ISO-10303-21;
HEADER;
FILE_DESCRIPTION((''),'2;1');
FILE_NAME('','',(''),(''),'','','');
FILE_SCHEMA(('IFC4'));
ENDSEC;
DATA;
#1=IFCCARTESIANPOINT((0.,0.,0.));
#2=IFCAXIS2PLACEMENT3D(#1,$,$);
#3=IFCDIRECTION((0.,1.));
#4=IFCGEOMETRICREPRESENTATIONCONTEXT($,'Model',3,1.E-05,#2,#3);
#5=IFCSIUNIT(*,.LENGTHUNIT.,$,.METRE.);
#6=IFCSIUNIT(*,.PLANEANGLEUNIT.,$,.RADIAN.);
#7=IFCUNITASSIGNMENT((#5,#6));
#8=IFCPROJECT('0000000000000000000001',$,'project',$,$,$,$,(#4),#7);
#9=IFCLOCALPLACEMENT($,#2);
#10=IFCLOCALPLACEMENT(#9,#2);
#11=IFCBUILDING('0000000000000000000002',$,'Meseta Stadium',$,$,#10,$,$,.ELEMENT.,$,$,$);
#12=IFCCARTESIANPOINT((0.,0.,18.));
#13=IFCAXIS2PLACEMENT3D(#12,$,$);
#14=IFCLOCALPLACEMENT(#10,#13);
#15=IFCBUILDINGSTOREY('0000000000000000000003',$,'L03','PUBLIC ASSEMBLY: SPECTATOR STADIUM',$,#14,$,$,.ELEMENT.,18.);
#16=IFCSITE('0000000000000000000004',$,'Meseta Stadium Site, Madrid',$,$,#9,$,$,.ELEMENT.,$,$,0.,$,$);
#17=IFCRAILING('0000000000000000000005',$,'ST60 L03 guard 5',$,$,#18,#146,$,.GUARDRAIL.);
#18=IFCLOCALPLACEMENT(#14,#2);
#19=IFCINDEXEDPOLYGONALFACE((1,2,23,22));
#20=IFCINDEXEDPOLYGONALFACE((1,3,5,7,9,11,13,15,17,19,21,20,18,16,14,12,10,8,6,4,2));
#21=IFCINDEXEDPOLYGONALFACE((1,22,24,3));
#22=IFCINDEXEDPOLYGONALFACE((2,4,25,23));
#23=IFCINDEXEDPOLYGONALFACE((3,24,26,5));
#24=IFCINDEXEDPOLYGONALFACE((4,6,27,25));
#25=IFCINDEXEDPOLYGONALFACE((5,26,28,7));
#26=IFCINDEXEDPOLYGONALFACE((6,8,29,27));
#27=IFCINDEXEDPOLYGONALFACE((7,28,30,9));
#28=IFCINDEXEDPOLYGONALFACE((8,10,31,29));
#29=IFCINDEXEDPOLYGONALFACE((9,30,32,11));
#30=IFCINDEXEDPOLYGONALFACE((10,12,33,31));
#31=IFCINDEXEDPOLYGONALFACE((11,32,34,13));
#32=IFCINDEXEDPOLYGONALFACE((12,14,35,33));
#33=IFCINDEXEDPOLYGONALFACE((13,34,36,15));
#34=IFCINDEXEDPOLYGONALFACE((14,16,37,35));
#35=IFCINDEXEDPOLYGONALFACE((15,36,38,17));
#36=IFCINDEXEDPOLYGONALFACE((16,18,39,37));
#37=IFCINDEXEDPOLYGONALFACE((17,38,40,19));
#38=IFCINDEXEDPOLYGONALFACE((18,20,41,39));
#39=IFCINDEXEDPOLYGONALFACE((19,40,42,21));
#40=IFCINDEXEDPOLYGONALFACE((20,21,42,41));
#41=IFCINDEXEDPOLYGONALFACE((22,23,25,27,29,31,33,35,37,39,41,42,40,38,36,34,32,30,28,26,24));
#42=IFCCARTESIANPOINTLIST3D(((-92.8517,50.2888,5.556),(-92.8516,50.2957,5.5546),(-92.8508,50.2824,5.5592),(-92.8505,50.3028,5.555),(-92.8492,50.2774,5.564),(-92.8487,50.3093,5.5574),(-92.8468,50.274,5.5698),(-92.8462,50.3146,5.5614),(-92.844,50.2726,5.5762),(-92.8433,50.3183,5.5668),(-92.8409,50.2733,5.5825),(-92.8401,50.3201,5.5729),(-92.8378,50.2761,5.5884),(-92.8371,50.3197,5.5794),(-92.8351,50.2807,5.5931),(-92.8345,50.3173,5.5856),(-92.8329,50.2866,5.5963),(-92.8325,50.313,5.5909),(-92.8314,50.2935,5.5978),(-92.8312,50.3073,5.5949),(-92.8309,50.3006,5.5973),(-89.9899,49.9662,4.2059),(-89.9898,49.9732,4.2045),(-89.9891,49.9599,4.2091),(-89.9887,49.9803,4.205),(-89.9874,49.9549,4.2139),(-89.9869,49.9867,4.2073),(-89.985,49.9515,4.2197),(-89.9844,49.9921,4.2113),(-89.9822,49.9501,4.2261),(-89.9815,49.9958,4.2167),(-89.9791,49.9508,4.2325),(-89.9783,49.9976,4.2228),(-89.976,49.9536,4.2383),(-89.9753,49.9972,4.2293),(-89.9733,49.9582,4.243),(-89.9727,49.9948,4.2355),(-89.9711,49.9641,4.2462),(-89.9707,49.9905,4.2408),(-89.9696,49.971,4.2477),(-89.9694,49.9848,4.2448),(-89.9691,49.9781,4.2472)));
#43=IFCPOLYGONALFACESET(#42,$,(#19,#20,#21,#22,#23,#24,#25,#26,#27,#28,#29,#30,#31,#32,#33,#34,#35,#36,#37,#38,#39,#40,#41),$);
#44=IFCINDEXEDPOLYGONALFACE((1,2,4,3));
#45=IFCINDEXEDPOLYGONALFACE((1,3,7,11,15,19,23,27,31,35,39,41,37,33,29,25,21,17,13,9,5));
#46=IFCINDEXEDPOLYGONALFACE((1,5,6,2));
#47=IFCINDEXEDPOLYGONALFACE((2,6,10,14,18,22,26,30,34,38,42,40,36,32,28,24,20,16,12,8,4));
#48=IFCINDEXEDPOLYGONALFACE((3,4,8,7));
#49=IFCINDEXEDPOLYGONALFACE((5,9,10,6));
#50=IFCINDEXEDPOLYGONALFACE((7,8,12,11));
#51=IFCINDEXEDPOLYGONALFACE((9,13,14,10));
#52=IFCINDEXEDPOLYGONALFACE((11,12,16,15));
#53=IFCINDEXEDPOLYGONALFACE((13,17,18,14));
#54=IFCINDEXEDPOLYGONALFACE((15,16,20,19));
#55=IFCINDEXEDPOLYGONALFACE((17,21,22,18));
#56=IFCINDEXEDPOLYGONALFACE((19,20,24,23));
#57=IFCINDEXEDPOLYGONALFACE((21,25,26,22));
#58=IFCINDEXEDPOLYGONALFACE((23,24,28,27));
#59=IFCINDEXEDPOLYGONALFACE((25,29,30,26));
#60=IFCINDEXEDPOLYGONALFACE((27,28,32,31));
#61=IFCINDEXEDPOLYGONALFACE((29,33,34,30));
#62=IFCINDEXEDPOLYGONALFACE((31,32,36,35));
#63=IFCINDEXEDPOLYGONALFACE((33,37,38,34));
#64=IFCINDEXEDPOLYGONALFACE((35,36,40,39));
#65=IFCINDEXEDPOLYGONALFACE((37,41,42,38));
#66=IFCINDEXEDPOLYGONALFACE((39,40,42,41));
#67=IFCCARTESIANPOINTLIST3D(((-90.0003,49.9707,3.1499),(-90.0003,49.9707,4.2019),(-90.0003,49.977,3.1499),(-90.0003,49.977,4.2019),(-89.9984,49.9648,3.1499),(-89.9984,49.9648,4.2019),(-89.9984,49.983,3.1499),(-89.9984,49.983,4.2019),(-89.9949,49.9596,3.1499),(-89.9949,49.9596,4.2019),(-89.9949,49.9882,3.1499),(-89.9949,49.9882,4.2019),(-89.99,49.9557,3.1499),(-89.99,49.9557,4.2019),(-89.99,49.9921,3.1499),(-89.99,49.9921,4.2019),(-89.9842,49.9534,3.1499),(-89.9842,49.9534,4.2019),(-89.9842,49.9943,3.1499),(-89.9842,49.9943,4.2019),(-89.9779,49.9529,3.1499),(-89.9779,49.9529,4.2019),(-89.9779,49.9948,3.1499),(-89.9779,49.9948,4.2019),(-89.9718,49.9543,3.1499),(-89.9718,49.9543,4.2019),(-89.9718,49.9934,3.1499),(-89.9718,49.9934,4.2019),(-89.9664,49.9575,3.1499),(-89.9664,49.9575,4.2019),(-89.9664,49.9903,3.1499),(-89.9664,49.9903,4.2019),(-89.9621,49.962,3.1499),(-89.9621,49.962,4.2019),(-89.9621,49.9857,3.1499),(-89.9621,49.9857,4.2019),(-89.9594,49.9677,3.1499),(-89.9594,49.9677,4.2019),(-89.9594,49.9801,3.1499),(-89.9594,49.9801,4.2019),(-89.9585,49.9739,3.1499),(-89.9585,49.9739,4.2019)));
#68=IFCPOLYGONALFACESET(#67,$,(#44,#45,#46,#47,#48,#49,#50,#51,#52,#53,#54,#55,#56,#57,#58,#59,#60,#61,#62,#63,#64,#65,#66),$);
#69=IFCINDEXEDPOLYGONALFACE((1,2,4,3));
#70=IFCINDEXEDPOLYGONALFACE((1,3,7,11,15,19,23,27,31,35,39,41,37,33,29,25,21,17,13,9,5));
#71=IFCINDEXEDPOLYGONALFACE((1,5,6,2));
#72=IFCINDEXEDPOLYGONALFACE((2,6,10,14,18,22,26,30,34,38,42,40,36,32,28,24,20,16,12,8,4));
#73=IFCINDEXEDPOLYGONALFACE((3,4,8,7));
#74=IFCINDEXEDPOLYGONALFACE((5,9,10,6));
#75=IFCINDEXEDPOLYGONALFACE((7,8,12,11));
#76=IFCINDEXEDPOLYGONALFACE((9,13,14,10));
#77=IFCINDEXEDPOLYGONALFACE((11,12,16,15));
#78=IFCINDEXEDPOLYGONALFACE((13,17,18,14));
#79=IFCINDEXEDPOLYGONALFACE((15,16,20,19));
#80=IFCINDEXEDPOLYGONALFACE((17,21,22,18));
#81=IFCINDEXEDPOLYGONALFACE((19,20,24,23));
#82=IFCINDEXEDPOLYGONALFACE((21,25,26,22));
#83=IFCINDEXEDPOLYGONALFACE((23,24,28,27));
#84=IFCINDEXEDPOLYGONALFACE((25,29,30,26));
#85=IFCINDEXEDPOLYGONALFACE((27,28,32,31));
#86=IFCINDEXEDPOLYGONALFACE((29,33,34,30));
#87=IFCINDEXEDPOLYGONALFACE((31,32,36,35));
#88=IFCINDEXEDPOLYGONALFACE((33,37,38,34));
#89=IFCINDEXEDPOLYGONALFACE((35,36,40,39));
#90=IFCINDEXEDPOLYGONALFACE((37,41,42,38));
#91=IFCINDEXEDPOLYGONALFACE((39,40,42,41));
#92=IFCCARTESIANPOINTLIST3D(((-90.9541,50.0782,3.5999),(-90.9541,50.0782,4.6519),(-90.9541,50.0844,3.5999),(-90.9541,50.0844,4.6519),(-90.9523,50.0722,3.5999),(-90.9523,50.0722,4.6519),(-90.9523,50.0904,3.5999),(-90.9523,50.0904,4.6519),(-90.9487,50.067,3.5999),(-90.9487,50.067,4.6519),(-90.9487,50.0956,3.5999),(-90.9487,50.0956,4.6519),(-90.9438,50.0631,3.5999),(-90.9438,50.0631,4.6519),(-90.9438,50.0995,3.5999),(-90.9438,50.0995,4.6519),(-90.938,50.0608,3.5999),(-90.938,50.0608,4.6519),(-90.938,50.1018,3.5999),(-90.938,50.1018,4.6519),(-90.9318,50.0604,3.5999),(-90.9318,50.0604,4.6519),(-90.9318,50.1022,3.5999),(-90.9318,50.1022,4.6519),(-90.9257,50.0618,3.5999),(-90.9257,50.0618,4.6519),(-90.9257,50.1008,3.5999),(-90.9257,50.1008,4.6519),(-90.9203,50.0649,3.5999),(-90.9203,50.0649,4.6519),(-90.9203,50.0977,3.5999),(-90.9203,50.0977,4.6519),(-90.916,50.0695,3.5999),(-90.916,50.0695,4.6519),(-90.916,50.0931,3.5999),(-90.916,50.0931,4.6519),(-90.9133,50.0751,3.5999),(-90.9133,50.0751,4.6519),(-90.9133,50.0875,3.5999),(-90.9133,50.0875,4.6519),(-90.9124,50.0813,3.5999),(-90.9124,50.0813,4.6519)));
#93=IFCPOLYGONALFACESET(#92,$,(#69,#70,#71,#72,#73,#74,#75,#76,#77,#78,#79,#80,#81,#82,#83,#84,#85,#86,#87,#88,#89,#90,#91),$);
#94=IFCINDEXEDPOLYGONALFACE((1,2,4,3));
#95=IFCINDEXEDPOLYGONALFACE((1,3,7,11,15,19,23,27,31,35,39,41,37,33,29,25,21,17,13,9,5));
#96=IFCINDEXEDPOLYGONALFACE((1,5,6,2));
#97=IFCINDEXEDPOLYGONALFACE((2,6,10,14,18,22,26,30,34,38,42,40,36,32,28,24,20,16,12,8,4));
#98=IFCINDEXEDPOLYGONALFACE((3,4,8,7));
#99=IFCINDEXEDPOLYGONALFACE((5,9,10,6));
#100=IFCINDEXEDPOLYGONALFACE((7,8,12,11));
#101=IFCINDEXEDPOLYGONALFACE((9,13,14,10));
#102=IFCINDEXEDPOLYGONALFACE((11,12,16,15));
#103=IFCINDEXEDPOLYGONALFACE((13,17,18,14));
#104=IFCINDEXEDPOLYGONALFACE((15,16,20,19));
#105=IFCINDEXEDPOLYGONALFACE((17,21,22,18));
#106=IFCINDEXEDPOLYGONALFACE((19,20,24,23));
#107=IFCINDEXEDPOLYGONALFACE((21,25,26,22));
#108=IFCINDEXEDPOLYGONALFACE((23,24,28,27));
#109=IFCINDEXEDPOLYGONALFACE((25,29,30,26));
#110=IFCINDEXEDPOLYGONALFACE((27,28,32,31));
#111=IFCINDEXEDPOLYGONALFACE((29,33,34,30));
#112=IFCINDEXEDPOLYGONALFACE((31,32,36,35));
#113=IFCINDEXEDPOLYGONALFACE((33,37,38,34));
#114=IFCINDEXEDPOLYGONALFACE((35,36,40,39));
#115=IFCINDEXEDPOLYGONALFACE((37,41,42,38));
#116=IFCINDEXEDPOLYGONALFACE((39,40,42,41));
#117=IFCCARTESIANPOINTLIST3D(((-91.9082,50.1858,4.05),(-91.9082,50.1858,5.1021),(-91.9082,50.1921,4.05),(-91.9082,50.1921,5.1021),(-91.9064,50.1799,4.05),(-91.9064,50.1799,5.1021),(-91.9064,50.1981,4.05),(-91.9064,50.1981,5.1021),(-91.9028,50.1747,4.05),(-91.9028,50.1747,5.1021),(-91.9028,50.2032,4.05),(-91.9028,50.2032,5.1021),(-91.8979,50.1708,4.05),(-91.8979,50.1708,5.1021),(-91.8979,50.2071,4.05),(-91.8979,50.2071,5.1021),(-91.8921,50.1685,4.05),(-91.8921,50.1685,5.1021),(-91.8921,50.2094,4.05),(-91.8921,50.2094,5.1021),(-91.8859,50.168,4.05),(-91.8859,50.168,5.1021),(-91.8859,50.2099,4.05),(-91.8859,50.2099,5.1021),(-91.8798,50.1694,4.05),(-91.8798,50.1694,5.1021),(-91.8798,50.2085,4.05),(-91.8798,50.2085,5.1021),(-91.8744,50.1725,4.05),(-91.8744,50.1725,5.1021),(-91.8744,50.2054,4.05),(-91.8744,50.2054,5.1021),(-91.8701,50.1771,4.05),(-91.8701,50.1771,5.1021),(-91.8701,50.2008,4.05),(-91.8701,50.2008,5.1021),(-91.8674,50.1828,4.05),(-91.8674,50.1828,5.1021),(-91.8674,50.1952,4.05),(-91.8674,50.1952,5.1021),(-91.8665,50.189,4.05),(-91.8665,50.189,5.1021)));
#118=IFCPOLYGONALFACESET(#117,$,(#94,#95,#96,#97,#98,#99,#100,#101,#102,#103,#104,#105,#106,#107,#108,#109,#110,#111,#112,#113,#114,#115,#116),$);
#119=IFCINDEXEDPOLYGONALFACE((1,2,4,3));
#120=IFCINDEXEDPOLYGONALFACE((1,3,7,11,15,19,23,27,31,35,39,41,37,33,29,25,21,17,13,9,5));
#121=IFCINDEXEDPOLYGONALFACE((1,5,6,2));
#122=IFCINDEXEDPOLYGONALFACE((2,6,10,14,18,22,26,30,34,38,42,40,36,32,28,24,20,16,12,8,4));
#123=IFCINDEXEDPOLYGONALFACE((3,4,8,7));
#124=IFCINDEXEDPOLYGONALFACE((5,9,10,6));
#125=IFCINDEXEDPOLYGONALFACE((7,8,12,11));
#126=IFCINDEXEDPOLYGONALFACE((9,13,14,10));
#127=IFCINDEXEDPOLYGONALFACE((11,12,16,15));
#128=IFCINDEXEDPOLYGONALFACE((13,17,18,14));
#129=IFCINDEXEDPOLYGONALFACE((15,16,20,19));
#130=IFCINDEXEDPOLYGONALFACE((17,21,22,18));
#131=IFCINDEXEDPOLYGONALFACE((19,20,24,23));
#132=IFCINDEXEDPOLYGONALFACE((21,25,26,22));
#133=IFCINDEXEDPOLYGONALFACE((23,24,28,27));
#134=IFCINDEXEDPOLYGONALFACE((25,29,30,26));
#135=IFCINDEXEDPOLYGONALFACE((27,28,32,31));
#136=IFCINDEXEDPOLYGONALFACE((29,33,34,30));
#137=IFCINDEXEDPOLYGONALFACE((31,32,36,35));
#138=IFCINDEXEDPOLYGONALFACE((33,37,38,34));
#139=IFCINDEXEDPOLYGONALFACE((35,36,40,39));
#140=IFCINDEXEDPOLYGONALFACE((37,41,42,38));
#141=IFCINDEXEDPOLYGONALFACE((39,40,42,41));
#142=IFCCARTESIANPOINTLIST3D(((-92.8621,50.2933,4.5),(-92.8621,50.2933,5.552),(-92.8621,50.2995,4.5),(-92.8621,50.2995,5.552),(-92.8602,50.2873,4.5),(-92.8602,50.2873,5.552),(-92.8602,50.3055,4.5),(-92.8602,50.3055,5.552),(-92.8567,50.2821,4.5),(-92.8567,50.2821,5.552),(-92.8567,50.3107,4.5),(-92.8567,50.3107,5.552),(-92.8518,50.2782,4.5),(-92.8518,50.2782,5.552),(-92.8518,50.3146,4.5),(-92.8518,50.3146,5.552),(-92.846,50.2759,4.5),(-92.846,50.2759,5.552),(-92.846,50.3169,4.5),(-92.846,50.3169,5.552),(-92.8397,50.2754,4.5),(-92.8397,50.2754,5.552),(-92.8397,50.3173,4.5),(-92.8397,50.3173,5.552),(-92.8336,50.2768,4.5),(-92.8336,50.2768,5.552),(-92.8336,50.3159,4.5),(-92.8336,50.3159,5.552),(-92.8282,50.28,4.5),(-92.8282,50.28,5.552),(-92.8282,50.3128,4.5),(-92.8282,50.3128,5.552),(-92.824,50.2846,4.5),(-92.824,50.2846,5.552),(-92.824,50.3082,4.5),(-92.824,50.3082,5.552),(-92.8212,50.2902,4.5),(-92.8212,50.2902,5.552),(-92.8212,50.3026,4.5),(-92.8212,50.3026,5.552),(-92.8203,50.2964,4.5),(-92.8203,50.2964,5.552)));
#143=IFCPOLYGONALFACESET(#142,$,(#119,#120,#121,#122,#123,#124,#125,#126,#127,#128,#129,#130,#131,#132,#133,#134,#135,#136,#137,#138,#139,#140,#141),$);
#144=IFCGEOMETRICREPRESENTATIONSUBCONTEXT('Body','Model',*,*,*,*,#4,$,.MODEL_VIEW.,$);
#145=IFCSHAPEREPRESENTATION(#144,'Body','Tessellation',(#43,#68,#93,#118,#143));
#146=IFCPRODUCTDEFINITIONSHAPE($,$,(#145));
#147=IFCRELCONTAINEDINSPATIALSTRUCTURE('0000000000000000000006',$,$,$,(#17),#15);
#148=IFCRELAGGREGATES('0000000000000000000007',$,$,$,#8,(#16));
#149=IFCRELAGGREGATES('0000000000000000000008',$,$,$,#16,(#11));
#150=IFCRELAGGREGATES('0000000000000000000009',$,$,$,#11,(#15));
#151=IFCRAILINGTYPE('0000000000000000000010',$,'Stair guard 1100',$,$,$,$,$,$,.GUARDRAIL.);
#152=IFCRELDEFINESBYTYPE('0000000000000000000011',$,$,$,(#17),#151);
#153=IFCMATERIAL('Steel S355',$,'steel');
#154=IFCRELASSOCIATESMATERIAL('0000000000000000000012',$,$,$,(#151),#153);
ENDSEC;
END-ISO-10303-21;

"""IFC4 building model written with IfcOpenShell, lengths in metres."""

from ifc_helpers import new_model, si_unit, direction, frame, origin, origin_2d, place, context, subcontext, project, spatial, circle, extrude, material, type_object, element, save


model = new_model("IFC4")

# Units and contexts
model_context = context("Model", 3, precision=1e-05, world=origin(), true_north=direction((0.0, 1.0)))
body_context = subcontext(model_context, "Body", "Model", "MODEL_VIEW")
ifc_project = project(units=[si_unit("LENGTHUNIT", "METRE"), si_unit("PLANEANGLEUNIT", "RADIAN")], contexts=[model_context])

# Site, building, storey
site_placement = place(None, origin())
site = spatial("IfcSite", under=ifc_project, at=site_placement, Name="Meseta Stadium Site, Madrid", CompositionType="ELEMENT", RefElevation=0.0)
building_placement = place(site_placement, origin())
building = spatial("IfcBuilding", under=site, at=building_placement, Name="Meseta Stadium", CompositionType="ELEMENT")
storey_placement = place(building_placement, frame((0.0, 0.0, 18.0)))
storey = spatial("IfcBuildingStorey", under=building, at=storey_placement, Name="L03", Description="PUBLIC ASSEMBLY: SPECTATOR STADIUM", CompositionType="ELEMENT", Elevation=18.0)

# Railing
ifc_material_1 = material(Name="Steel S355", Category="steel")
railing_type_1 = type_object("IfcRailingType", Name="Stair guard 1100", PredefinedType="GUARDRAIL", material=ifc_material_1)
railing_1_placement = place(storey_placement, frame((-89.9795, 49.9739, 3.1499)))
element("IfcRailing", 1, at=railing_1_placement, inside=storey, type_object=railing_type_1, Name="ST60 L03 guard 5", PredefinedType="GUARDRAIL", context=body_context, shape_type="SweptSolid", body=[
    extrude(circle(Radius=0.0239, at=origin_2d()), frame((0.0, 0.0, 1.0762), z_axis=(-0.899748, 0.101396, 0.424467), x_axis=(-0.111985, -0.99371, 0.0)), (0.0, 0.0, 1.0), 3.1807),
    extrude(circle(Radius=0.021, at=origin_2d()), origin(), (0.0, 0.0, 1.0), 1.052),
    extrude(circle(Radius=0.021, at=origin_2d()), frame((-0.9539, 0.1074, 0.45)), (0.0, 0.0, 1.0), 1.052),
    extrude(circle(Radius=0.021, at=origin_2d()), frame((-1.908, 0.2151, 0.9001)), (0.0, 0.0, 1.0), 1.052),
    extrude(circle(Radius=0.021, at=origin_2d()), frame((-2.8618, 0.3225, 1.3501)), (0.0, 0.0, 1.0), 1.052),
])

save(model, "model.ifc")
